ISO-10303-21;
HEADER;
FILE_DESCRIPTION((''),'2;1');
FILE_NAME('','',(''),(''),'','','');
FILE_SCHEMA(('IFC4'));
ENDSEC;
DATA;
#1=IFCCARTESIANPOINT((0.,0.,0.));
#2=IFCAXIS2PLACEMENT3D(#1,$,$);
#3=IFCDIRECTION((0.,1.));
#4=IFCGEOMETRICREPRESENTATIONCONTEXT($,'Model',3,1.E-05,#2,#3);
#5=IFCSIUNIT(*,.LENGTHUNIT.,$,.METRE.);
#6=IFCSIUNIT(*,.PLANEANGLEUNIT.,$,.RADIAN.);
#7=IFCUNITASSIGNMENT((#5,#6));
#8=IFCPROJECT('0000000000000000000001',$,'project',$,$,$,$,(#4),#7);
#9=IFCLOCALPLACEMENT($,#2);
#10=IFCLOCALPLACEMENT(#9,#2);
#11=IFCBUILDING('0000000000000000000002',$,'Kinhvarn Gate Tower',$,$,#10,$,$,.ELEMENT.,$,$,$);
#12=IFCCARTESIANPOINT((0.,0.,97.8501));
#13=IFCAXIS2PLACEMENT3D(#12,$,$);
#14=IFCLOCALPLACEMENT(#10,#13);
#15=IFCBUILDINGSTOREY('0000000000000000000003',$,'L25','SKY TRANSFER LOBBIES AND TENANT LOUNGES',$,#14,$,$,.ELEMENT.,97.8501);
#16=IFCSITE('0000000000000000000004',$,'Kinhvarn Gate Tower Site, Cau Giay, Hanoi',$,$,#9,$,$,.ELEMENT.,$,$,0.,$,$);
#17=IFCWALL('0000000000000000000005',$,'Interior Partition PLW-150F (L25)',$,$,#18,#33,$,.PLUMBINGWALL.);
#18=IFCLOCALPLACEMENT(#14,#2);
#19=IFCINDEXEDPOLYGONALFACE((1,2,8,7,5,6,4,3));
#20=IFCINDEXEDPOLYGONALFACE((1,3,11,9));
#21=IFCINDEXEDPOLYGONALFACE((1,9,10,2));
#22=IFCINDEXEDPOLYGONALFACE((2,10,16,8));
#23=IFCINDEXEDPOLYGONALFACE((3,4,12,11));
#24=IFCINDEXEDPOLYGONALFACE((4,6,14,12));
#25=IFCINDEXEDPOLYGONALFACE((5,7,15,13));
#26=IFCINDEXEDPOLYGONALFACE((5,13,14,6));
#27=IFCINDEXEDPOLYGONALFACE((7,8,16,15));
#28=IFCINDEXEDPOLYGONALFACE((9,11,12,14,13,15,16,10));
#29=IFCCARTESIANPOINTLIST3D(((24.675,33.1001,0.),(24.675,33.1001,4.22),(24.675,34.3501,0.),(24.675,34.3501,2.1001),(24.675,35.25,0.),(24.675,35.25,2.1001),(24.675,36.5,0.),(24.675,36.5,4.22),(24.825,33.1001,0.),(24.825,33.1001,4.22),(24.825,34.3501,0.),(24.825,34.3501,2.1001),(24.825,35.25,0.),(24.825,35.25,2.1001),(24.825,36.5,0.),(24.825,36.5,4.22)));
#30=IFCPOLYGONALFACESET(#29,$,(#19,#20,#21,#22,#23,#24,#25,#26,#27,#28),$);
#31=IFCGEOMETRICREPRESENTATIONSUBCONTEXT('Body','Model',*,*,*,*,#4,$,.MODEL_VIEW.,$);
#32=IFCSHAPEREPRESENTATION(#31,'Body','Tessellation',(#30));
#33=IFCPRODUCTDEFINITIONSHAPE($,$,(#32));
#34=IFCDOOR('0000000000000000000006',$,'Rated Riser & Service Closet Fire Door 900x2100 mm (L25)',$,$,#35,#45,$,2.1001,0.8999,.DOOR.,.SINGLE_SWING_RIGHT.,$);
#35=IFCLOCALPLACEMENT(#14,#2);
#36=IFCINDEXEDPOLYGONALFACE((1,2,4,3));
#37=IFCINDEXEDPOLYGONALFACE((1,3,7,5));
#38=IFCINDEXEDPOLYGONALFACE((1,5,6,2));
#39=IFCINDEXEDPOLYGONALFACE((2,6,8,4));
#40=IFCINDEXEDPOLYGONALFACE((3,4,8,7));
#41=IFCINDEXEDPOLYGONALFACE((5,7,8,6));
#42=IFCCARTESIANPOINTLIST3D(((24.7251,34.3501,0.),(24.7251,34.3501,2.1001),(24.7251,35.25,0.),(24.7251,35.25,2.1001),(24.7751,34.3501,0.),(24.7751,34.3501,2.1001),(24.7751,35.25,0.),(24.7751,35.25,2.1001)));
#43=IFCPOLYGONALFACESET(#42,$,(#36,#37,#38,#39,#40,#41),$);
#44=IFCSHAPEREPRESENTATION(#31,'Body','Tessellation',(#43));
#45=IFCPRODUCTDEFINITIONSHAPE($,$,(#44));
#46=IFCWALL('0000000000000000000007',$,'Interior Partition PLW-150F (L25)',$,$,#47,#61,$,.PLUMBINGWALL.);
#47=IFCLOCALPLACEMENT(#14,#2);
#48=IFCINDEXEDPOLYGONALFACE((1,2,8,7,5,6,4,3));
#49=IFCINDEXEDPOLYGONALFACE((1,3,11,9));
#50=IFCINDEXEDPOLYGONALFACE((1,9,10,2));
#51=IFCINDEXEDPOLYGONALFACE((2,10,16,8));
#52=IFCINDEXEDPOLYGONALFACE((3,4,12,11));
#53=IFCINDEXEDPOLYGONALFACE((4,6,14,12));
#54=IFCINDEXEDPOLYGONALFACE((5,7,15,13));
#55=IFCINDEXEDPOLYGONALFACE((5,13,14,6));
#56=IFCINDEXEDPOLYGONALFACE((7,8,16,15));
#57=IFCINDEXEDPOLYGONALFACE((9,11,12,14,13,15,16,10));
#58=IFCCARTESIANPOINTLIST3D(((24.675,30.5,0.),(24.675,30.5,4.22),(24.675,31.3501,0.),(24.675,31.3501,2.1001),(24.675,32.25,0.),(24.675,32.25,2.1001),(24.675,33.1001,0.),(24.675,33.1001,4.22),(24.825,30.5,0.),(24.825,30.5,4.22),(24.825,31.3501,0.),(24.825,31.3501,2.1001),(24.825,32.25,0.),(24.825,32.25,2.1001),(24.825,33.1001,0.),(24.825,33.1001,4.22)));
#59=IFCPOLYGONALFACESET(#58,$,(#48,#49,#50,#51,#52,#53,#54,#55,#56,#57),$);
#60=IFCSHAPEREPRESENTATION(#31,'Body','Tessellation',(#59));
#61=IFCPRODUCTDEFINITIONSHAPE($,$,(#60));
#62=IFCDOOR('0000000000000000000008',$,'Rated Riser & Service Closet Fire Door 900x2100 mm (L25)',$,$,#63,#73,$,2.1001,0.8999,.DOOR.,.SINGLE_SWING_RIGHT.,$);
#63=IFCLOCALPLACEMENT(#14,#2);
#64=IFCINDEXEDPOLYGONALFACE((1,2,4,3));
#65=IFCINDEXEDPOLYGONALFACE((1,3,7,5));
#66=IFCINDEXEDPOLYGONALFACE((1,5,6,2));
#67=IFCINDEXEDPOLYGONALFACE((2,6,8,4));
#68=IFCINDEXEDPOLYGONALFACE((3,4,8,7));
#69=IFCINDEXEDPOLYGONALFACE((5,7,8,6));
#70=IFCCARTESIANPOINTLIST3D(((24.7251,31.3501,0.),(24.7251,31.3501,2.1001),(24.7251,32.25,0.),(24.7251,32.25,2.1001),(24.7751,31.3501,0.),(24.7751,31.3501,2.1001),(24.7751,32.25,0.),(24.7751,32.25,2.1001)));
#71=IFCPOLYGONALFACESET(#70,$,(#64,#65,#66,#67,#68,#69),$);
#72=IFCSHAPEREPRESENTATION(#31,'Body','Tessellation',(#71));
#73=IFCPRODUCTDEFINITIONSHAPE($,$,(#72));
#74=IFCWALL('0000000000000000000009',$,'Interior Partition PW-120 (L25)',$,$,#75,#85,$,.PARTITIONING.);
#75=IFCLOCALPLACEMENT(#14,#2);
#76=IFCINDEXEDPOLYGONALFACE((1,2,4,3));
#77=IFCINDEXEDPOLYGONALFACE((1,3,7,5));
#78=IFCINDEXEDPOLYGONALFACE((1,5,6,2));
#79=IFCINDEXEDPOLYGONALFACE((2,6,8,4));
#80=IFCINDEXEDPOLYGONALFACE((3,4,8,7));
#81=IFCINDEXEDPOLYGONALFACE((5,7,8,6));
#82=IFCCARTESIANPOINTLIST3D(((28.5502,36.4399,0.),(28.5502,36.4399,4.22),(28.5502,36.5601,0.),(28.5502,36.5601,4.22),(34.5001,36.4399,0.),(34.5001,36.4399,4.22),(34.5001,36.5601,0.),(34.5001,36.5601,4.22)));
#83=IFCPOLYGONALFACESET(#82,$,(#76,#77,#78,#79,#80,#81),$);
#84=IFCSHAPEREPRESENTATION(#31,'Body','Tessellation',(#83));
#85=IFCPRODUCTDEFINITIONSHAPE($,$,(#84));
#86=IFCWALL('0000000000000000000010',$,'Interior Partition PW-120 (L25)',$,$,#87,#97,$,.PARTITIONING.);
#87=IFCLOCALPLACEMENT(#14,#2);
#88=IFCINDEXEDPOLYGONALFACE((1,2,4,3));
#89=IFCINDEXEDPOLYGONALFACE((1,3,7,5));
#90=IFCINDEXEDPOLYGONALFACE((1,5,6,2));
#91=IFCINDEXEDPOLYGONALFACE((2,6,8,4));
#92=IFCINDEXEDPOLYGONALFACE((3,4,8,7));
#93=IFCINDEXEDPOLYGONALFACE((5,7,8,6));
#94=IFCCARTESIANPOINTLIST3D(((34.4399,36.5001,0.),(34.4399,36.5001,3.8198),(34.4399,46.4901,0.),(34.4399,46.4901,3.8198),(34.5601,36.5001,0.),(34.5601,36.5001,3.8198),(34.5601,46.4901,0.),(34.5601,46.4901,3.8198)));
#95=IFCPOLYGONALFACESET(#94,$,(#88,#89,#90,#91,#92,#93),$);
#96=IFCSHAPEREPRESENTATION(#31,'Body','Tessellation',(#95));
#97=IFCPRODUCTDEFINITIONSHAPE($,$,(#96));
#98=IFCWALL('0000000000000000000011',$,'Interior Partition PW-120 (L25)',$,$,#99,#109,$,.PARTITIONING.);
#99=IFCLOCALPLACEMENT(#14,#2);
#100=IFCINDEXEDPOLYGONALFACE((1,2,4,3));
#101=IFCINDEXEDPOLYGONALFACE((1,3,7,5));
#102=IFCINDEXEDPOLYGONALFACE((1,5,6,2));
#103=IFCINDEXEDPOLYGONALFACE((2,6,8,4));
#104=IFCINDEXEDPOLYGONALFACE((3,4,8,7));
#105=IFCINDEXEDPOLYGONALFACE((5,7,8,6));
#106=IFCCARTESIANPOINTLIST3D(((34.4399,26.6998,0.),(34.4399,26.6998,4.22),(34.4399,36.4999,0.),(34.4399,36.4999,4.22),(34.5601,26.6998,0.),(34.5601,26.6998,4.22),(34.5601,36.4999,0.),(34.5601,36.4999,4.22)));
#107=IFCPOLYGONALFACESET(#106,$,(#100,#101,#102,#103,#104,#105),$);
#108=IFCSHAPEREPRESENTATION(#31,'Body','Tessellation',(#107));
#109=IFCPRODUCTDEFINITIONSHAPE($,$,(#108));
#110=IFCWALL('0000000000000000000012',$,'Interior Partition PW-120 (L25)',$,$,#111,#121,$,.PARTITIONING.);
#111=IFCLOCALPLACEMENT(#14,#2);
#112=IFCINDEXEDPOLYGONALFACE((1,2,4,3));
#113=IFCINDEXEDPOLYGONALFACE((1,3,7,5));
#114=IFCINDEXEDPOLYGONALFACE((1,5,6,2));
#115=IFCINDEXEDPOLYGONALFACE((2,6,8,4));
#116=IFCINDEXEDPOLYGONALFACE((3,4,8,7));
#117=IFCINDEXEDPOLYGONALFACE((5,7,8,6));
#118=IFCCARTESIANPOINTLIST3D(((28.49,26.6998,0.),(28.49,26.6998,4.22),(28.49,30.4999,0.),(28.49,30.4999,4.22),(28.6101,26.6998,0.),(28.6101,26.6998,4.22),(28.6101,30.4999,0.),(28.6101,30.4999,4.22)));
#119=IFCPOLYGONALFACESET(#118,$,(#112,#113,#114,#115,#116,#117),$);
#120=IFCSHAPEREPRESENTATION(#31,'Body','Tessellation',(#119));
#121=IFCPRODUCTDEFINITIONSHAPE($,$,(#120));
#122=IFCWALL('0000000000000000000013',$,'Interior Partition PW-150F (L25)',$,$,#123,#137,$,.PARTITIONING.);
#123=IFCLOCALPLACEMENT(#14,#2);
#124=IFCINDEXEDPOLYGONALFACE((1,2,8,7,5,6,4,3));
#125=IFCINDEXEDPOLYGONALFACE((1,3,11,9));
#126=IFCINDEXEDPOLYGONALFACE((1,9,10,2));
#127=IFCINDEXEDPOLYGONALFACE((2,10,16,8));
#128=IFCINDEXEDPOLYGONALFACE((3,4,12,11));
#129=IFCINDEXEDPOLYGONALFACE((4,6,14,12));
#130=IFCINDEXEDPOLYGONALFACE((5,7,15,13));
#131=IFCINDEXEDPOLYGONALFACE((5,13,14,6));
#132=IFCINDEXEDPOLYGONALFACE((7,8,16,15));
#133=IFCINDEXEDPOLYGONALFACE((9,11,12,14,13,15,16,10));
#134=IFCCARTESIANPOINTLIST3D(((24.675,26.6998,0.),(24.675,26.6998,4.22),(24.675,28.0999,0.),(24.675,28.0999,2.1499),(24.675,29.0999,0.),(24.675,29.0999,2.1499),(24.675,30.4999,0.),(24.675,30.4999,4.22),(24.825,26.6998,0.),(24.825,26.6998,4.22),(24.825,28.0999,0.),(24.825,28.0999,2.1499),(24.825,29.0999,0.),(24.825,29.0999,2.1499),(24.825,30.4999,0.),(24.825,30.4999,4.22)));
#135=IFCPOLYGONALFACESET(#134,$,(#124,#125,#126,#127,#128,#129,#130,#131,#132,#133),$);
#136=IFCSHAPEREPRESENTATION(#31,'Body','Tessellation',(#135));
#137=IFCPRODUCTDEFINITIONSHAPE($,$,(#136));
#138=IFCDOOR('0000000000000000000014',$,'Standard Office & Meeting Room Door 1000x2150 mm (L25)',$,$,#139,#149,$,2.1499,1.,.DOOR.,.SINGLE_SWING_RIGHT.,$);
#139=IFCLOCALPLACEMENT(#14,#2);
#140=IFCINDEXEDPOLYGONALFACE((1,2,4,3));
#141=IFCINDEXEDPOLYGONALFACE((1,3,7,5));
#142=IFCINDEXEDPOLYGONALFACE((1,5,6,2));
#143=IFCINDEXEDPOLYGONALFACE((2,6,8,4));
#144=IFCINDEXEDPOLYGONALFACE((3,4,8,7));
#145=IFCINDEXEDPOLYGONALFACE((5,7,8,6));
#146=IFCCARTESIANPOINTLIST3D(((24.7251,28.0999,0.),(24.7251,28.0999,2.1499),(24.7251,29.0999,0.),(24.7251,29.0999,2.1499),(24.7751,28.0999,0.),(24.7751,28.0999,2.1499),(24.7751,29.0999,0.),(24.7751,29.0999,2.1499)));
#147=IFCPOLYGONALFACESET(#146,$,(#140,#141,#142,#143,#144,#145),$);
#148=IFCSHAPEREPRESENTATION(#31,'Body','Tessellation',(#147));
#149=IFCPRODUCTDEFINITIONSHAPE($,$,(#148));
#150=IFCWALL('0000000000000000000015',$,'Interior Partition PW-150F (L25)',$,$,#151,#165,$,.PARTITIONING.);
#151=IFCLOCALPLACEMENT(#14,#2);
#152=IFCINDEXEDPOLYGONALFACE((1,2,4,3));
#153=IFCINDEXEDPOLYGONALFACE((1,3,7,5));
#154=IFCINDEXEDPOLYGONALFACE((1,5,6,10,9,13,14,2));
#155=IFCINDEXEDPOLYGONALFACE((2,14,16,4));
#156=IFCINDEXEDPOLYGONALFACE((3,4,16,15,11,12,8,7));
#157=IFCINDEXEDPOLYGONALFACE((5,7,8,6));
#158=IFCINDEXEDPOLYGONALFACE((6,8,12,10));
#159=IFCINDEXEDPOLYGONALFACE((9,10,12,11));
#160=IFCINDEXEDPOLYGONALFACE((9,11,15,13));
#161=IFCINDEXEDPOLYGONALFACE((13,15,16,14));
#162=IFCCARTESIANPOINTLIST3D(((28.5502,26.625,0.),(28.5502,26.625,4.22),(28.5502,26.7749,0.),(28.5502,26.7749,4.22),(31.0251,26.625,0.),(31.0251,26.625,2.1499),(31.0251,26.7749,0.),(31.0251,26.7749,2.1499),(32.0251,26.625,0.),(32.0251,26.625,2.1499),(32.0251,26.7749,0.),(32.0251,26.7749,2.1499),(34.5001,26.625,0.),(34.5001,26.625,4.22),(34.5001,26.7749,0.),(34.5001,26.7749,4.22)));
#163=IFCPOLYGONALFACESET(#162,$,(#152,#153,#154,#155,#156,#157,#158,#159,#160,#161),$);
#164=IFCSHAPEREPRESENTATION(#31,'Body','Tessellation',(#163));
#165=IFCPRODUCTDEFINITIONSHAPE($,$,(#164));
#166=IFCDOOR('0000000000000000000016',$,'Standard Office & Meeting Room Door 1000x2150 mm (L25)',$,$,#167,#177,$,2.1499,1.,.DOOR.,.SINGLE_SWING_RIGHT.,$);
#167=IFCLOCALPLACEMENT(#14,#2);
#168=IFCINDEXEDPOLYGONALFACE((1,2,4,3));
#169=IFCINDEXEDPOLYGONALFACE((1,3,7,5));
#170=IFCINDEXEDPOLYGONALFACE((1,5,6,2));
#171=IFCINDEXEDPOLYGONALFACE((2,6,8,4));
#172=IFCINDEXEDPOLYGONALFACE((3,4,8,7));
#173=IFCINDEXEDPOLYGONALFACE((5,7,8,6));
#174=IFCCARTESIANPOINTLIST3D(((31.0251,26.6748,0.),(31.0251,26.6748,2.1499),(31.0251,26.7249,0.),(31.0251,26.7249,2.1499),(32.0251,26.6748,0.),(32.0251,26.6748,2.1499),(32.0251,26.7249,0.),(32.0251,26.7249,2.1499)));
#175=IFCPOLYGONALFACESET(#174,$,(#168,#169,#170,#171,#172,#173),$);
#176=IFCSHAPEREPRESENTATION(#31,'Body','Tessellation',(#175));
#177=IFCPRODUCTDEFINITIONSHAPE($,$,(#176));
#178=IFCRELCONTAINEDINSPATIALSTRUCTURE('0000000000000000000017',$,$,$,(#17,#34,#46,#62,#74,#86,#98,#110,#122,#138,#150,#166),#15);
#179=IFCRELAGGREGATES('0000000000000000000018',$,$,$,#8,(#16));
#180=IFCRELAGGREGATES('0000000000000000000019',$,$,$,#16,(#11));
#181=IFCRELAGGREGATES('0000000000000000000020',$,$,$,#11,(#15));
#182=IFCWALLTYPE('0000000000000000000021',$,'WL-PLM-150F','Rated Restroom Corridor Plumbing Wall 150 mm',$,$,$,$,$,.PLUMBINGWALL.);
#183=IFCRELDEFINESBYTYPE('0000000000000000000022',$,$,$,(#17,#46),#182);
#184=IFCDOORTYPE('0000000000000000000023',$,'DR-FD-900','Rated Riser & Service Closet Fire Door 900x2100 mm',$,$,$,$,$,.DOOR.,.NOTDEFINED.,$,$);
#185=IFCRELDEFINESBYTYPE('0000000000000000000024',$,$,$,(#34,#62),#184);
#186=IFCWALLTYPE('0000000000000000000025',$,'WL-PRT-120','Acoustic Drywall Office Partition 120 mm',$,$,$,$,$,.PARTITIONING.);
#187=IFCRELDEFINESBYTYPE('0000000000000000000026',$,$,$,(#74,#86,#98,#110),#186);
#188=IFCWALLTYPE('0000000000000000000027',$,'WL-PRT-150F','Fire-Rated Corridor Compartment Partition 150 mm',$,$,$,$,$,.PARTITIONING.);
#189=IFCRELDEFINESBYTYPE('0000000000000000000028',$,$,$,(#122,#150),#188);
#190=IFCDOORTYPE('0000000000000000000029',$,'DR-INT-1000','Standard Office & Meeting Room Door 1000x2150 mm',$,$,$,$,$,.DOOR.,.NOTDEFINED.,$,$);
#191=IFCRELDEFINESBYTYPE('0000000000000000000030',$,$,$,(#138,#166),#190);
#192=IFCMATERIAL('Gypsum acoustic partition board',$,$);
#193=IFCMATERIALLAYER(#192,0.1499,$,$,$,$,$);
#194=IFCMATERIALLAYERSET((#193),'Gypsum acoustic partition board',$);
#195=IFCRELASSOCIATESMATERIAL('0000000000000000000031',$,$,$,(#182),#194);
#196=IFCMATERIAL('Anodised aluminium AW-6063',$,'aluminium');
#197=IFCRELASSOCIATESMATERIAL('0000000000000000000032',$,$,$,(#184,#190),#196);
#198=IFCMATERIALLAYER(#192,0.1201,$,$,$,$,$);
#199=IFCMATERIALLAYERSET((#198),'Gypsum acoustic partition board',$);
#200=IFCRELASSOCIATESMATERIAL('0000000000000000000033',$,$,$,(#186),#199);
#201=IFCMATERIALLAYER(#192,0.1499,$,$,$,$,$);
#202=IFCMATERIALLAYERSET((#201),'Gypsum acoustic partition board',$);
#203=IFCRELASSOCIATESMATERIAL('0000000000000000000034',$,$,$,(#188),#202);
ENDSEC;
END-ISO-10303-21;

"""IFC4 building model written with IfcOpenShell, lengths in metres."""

from ifc_helpers import new_model, si_unit, direction, frame, frame_2d, origin, place, context, subcontext, project, spatial, rectangle, extrude, material, layer, layer_set, type_object, element, fill, save


model = new_model("IFC4")

# Units and contexts
model_context = context("Model", 3, precision=1e-05, world=origin(), true_north=direction((0.0, 1.0)))
body_context = subcontext(model_context, "Body", "Model", "MODEL_VIEW")
ifc_project = project(units=[si_unit("LENGTHUNIT", "METRE"), si_unit("PLANEANGLEUNIT", "RADIAN")], contexts=[model_context])

# Site, building, storey
site_placement = place(None, origin())
site = spatial("IfcSite", under=ifc_project, at=site_placement, Name="Kinhvarn Gate Tower Site, Cau Giay, Hanoi", CompositionType="ELEMENT", RefElevation=0.0)
building_placement = place(site_placement, origin())
building = spatial("IfcBuilding", under=site, at=building_placement, Name="Kinhvarn Gate Tower", CompositionType="ELEMENT")
storey_placement = place(building_placement, frame((0.0, 0.0, 97.8501)))
storey = spatial("IfcBuildingStorey", under=building, at=storey_placement, Name="L25", Description="SKY TRANSFER LOBBIES AND TENANT LOUNGES", CompositionType="ELEMENT", Elevation=97.8501)

# Shared definitions
ifc_material_1 = material(Name="Gypsum acoustic partition board")

# Walls, openings, doors
ifc_layer_1 = layer(ifc_material_1, 0.1499)
ifc_layer_set_1 = layer_set([ifc_layer_1], Name="Gypsum acoustic partition board")
wall_type_1 = type_object("IfcWallType", Name="WL-PLM-150F", Description="Rated Restroom Corridor Plumbing Wall 150 mm", PredefinedType="PLUMBINGWALL", material=ifc_layer_set_1)
wall_1_placement = place(storey_placement, frame((24.75, 33.1001, 0.0), z_axis=(0.0, 0.0, 1.0), x_axis=(0.0, 1.0, 0.0)))
wall_1 = element("IfcWall", 1, at=wall_1_placement, inside=storey, type_object=wall_type_1, Name="Interior Partition PLW-150F (L25)", PredefinedType="PLUMBINGWALL", context=body_context, shape_type="SweptSolid", body=[
    extrude(rectangle(XDim=3.3999, YDim=0.1499, at=frame_2d((1.7, 0.0))), origin(), (0.0, 0.0, 1.0), 4.22),
])
opening_1_placement = place(wall_1_placement, frame((1.25, 0.0, 0.0)))
opening_1 = element("IfcOpeningElement", 2, at=opening_1_placement, cuts=wall_1, PredefinedType="OPENING", context=body_context, shape_type="SweptSolid", body=[
    extrude(rectangle(XDim=0.8999, YDim=2.1001, at=frame_2d((0.45, 1.05))), frame((0.0, 0.085, 0.0), z_axis=(0.0, -1.0, 0.0), x_axis=(1.0, 0.0, 0.0)), (0.0, 0.0, 1.0), 0.1699),
])
ifc_material_2 = material(Name="Anodised aluminium AW-6063", Category="aluminium")
door_type_1 = type_object("IfcDoorType", Name="DR-FD-900", Description="Rated Riser & Service Closet Fire Door 900x2100 mm", OperationType="NOTDEFINED", PredefinedType="DOOR", material=ifc_material_2)
door_1_placement = place(opening_1_placement, origin())
door_1 = element("IfcDoor", 3, at=door_1_placement, inside=storey, type_object=door_type_1, Name="Rated Riser & Service Closet Fire Door 900x2100 mm (L25)", OperationType="SINGLE_SWING_RIGHT", OverallHeight=2.1001, OverallWidth=0.8999, PredefinedType="DOOR", context=body_context, shape_type="SweptSolid", body=[
    extrude(rectangle(XDim=0.8999, YDim=2.1001, at=frame_2d((0.45, 1.05))), frame((0.0, 0.0249, 0.0), z_axis=(0.0, -1.0, 0.0), x_axis=(1.0, 0.0, 0.0)), (0.0, 0.0, 1.0), 0.05),
])
fill(opening_1, door_1)
wall_2_placement = place(storey_placement, frame((24.75, 30.5, 0.0), z_axis=(0.0, 0.0, 1.0), x_axis=(0.0, 1.0, 0.0)))
wall_2 = element("IfcWall", 4, at=wall_2_placement, inside=storey, type_object=wall_type_1, Name="Interior Partition PLW-150F (L25)", PredefinedType="PLUMBINGWALL", context=body_context, shape_type="SweptSolid", body=[
    extrude(rectangle(XDim=2.6001, YDim=0.1499, at=frame_2d((1.3, 0.0))), origin(), (0.0, 0.0, 1.0), 4.22),
])
opening_2_placement = place(wall_2_placement, frame((0.8501, 0.0, 0.0)))
opening_2 = element("IfcOpeningElement", 5, at=opening_2_placement, cuts=wall_2, PredefinedType="OPENING", context=body_context, shape_type="SweptSolid", body=[
    extrude(rectangle(XDim=0.8999, YDim=2.1001, at=frame_2d((0.45, 1.05))), frame((0.0, 0.085, 0.0), z_axis=(0.0, -1.0, 0.0), x_axis=(1.0, 0.0, 0.0)), (0.0, 0.0, 1.0), 0.1699),
])
door_2_placement = place(opening_2_placement, origin())
door_2 = element("IfcDoor", 6, at=door_2_placement, inside=storey, type_object=door_type_1, Name="Rated Riser & Service Closet Fire Door 900x2100 mm (L25)", OperationType="SINGLE_SWING_RIGHT", OverallHeight=2.1001, OverallWidth=0.8999, PredefinedType="DOOR", context=body_context, shape_type="SweptSolid", body=[
    extrude(rectangle(XDim=0.8999, YDim=2.1001, at=frame_2d((0.45, 1.05))), frame((0.0, 0.0249, 0.0), z_axis=(0.0, -1.0, 0.0), x_axis=(1.0, 0.0, 0.0)), (0.0, 0.0, 1.0), 0.05),
])
fill(opening_2, door_2)

# Walls
ifc_layer_2 = layer(ifc_material_1, 0.1201)
ifc_layer_set_2 = layer_set([ifc_layer_2], Name="Gypsum acoustic partition board")
wall_type_2 = type_object("IfcWallType", Name="WL-PRT-120", Description="Acoustic Drywall Office Partition 120 mm", PredefinedType="PARTITIONING", material=ifc_layer_set_2)
wall_3_placement = place(storey_placement, frame((28.55, 36.5, 0.0), z_axis=(0.0, 0.0, 1.0), x_axis=(1.0, 0.0, 0.0)))
element("IfcWall", 7, at=wall_3_placement, inside=storey, type_object=wall_type_2, Name="Interior Partition PW-120 (L25)", PredefinedType="PARTITIONING", context=body_context, shape_type="SweptSolid", body=[
    extrude(rectangle(XDim=5.95, YDim=0.1201, at=frame_2d((2.9751, 0.0))), origin(), (0.0, 0.0, 1.0), 4.22),
])
wall_4_placement = place(storey_placement, frame((34.5, 36.5, 0.0), z_axis=(0.0, 0.0, 1.0), x_axis=(0.0, 1.0, 0.0)))
element("IfcWall", 8, at=wall_4_placement, inside=storey, type_object=wall_type_2, Name="Interior Partition PW-120 (L25)", PredefinedType="PARTITIONING", context=body_context, shape_type="SweptSolid", body=[
    extrude(rectangle(XDim=9.99, YDim=0.1201, at=frame_2d((4.9951, 0.0))), origin(), (0.0, 0.0, 1.0), 3.8198),
])
wall_5_placement = place(storey_placement, frame((34.5, 26.7, 0.0), z_axis=(0.0, 0.0, 1.0), x_axis=(0.0, 1.0, 0.0)))
element("IfcWall", 9, at=wall_5_placement, inside=storey, type_object=wall_type_2, Name="Interior Partition PW-120 (L25)", PredefinedType="PARTITIONING", context=body_context, shape_type="SweptSolid", body=[
    extrude(rectangle(XDim=9.8, YDim=0.1201, at=frame_2d((4.8999, 0.0))), origin(), (0.0, 0.0, 1.0), 4.22),
])
wall_6_placement = place(storey_placement, frame((28.55, 26.7, 0.0), z_axis=(0.0, 0.0, 1.0), x_axis=(0.0, 1.0, 0.0)))
element("IfcWall", 10, at=wall_6_placement, inside=storey, type_object=wall_type_2, Name="Interior Partition PW-120 (L25)", PredefinedType="PARTITIONING", context=body_context, shape_type="SweptSolid", body=[
    extrude(rectangle(XDim=3.8, YDim=0.1201, at=frame_2d((1.8999, 0.0))), origin(), (0.0, 0.0, 1.0), 4.22),
])

# Walls, openings, doors
ifc_layer_3 = layer(ifc_material_1, 0.1499)
ifc_layer_set_3 = layer_set([ifc_layer_3], Name="Gypsum acoustic partition board")
wall_type_3 = type_object("IfcWallType", Name="WL-PRT-150F", Description="Fire-Rated Corridor Compartment Partition 150 mm", PredefinedType="PARTITIONING", material=ifc_layer_set_3)
wall_7_placement = place(storey_placement, frame((24.75, 26.7, 0.0), z_axis=(0.0, 0.0, 1.0), x_axis=(0.0, 1.0, 0.0)))
wall_7 = element("IfcWall", 11, at=wall_7_placement, inside=storey, type_object=wall_type_3, Name="Interior Partition PW-150F (L25)", PredefinedType="PARTITIONING", context=body_context, shape_type="SweptSolid", body=[
    extrude(rectangle(XDim=3.8, YDim=0.1499, at=frame_2d((1.8999, 0.0))), origin(), (0.0, 0.0, 1.0), 4.22),
])
opening_3_placement = place(wall_7_placement, frame((1.3999, 0.0, 0.0)))
opening_3 = element("IfcOpeningElement", 12, at=opening_3_placement, cuts=wall_7, PredefinedType="OPENING", context=body_context, shape_type="SweptSolid", body=[
    extrude(rectangle(XDim=1.0, YDim=2.1499, at=frame_2d((0.5, 1.075))), frame((0.0, 0.085, 0.0), z_axis=(0.0, -1.0, 0.0), x_axis=(1.0, 0.0, 0.0)), (0.0, 0.0, 1.0), 0.1699),
])
door_type_2 = type_object("IfcDoorType", Name="DR-INT-1000", Description="Standard Office & Meeting Room Door 1000x2150 mm", OperationType="NOTDEFINED", PredefinedType="DOOR", material=ifc_material_2)
door_3_placement = place(opening_3_placement, origin())
door_3 = element("IfcDoor", 13, at=door_3_placement, inside=storey, type_object=door_type_2, Name="Standard Office & Meeting Room Door 1000x2150 mm (L25)", OperationType="SINGLE_SWING_RIGHT", OverallHeight=2.1499, OverallWidth=1.0, PredefinedType="DOOR", context=body_context, shape_type="SweptSolid", body=[
    extrude(rectangle(XDim=1.0, YDim=2.1499, at=frame_2d((0.5, 1.075))), frame((0.0, 0.0249, 0.0), z_axis=(0.0, -1.0, 0.0), x_axis=(1.0, 0.0, 0.0)), (0.0, 0.0, 1.0), 0.05),
])
fill(opening_3, door_3)
wall_8_placement = place(storey_placement, frame((28.55, 26.7, 0.0), z_axis=(0.0, 0.0, 1.0), x_axis=(1.0, 0.0, 0.0)))
wall_8 = element("IfcWall", 14, at=wall_8_placement, inside=storey, type_object=wall_type_3, Name="Interior Partition PW-150F (L25)", PredefinedType="PARTITIONING", context=body_context, shape_type="SweptSolid", body=[
    extrude(rectangle(XDim=5.95, YDim=0.1499, at=frame_2d((2.9751, 0.0))), origin(), (0.0, 0.0, 1.0), 4.22),
])
opening_4_placement = place(wall_8_placement, frame((2.4751, 0.0, 0.0)))
opening_4 = element("IfcOpeningElement", 15, at=opening_4_placement, cuts=wall_8, PredefinedType="OPENING", context=body_context, shape_type="SweptSolid", body=[
    extrude(rectangle(XDim=1.0, YDim=2.1499, at=frame_2d((0.5, 1.075))), frame((0.0, 0.085, 0.0), z_axis=(0.0, -1.0, 0.0), x_axis=(1.0, 0.0, 0.0)), (0.0, 0.0, 1.0), 0.1699),
])
door_4_placement = place(opening_4_placement, origin())
door_4 = element("IfcDoor", 16, at=door_4_placement, inside=storey, type_object=door_type_2, Name="Standard Office & Meeting Room Door 1000x2150 mm (L25)", OperationType="SINGLE_SWING_RIGHT", OverallHeight=2.1499, OverallWidth=1.0, PredefinedType="DOOR", context=body_context, shape_type="SweptSolid", body=[
    extrude(rectangle(XDim=1.0, YDim=2.1499, at=frame_2d((0.5, 1.075))), frame((0.0, 0.0249, 0.0), z_axis=(0.0, -1.0, 0.0), x_axis=(1.0, 0.0, 0.0)), (0.0, 0.0, 1.0), 0.05),
])
fill(opening_4, door_4)

save(model, "model.ifc")
